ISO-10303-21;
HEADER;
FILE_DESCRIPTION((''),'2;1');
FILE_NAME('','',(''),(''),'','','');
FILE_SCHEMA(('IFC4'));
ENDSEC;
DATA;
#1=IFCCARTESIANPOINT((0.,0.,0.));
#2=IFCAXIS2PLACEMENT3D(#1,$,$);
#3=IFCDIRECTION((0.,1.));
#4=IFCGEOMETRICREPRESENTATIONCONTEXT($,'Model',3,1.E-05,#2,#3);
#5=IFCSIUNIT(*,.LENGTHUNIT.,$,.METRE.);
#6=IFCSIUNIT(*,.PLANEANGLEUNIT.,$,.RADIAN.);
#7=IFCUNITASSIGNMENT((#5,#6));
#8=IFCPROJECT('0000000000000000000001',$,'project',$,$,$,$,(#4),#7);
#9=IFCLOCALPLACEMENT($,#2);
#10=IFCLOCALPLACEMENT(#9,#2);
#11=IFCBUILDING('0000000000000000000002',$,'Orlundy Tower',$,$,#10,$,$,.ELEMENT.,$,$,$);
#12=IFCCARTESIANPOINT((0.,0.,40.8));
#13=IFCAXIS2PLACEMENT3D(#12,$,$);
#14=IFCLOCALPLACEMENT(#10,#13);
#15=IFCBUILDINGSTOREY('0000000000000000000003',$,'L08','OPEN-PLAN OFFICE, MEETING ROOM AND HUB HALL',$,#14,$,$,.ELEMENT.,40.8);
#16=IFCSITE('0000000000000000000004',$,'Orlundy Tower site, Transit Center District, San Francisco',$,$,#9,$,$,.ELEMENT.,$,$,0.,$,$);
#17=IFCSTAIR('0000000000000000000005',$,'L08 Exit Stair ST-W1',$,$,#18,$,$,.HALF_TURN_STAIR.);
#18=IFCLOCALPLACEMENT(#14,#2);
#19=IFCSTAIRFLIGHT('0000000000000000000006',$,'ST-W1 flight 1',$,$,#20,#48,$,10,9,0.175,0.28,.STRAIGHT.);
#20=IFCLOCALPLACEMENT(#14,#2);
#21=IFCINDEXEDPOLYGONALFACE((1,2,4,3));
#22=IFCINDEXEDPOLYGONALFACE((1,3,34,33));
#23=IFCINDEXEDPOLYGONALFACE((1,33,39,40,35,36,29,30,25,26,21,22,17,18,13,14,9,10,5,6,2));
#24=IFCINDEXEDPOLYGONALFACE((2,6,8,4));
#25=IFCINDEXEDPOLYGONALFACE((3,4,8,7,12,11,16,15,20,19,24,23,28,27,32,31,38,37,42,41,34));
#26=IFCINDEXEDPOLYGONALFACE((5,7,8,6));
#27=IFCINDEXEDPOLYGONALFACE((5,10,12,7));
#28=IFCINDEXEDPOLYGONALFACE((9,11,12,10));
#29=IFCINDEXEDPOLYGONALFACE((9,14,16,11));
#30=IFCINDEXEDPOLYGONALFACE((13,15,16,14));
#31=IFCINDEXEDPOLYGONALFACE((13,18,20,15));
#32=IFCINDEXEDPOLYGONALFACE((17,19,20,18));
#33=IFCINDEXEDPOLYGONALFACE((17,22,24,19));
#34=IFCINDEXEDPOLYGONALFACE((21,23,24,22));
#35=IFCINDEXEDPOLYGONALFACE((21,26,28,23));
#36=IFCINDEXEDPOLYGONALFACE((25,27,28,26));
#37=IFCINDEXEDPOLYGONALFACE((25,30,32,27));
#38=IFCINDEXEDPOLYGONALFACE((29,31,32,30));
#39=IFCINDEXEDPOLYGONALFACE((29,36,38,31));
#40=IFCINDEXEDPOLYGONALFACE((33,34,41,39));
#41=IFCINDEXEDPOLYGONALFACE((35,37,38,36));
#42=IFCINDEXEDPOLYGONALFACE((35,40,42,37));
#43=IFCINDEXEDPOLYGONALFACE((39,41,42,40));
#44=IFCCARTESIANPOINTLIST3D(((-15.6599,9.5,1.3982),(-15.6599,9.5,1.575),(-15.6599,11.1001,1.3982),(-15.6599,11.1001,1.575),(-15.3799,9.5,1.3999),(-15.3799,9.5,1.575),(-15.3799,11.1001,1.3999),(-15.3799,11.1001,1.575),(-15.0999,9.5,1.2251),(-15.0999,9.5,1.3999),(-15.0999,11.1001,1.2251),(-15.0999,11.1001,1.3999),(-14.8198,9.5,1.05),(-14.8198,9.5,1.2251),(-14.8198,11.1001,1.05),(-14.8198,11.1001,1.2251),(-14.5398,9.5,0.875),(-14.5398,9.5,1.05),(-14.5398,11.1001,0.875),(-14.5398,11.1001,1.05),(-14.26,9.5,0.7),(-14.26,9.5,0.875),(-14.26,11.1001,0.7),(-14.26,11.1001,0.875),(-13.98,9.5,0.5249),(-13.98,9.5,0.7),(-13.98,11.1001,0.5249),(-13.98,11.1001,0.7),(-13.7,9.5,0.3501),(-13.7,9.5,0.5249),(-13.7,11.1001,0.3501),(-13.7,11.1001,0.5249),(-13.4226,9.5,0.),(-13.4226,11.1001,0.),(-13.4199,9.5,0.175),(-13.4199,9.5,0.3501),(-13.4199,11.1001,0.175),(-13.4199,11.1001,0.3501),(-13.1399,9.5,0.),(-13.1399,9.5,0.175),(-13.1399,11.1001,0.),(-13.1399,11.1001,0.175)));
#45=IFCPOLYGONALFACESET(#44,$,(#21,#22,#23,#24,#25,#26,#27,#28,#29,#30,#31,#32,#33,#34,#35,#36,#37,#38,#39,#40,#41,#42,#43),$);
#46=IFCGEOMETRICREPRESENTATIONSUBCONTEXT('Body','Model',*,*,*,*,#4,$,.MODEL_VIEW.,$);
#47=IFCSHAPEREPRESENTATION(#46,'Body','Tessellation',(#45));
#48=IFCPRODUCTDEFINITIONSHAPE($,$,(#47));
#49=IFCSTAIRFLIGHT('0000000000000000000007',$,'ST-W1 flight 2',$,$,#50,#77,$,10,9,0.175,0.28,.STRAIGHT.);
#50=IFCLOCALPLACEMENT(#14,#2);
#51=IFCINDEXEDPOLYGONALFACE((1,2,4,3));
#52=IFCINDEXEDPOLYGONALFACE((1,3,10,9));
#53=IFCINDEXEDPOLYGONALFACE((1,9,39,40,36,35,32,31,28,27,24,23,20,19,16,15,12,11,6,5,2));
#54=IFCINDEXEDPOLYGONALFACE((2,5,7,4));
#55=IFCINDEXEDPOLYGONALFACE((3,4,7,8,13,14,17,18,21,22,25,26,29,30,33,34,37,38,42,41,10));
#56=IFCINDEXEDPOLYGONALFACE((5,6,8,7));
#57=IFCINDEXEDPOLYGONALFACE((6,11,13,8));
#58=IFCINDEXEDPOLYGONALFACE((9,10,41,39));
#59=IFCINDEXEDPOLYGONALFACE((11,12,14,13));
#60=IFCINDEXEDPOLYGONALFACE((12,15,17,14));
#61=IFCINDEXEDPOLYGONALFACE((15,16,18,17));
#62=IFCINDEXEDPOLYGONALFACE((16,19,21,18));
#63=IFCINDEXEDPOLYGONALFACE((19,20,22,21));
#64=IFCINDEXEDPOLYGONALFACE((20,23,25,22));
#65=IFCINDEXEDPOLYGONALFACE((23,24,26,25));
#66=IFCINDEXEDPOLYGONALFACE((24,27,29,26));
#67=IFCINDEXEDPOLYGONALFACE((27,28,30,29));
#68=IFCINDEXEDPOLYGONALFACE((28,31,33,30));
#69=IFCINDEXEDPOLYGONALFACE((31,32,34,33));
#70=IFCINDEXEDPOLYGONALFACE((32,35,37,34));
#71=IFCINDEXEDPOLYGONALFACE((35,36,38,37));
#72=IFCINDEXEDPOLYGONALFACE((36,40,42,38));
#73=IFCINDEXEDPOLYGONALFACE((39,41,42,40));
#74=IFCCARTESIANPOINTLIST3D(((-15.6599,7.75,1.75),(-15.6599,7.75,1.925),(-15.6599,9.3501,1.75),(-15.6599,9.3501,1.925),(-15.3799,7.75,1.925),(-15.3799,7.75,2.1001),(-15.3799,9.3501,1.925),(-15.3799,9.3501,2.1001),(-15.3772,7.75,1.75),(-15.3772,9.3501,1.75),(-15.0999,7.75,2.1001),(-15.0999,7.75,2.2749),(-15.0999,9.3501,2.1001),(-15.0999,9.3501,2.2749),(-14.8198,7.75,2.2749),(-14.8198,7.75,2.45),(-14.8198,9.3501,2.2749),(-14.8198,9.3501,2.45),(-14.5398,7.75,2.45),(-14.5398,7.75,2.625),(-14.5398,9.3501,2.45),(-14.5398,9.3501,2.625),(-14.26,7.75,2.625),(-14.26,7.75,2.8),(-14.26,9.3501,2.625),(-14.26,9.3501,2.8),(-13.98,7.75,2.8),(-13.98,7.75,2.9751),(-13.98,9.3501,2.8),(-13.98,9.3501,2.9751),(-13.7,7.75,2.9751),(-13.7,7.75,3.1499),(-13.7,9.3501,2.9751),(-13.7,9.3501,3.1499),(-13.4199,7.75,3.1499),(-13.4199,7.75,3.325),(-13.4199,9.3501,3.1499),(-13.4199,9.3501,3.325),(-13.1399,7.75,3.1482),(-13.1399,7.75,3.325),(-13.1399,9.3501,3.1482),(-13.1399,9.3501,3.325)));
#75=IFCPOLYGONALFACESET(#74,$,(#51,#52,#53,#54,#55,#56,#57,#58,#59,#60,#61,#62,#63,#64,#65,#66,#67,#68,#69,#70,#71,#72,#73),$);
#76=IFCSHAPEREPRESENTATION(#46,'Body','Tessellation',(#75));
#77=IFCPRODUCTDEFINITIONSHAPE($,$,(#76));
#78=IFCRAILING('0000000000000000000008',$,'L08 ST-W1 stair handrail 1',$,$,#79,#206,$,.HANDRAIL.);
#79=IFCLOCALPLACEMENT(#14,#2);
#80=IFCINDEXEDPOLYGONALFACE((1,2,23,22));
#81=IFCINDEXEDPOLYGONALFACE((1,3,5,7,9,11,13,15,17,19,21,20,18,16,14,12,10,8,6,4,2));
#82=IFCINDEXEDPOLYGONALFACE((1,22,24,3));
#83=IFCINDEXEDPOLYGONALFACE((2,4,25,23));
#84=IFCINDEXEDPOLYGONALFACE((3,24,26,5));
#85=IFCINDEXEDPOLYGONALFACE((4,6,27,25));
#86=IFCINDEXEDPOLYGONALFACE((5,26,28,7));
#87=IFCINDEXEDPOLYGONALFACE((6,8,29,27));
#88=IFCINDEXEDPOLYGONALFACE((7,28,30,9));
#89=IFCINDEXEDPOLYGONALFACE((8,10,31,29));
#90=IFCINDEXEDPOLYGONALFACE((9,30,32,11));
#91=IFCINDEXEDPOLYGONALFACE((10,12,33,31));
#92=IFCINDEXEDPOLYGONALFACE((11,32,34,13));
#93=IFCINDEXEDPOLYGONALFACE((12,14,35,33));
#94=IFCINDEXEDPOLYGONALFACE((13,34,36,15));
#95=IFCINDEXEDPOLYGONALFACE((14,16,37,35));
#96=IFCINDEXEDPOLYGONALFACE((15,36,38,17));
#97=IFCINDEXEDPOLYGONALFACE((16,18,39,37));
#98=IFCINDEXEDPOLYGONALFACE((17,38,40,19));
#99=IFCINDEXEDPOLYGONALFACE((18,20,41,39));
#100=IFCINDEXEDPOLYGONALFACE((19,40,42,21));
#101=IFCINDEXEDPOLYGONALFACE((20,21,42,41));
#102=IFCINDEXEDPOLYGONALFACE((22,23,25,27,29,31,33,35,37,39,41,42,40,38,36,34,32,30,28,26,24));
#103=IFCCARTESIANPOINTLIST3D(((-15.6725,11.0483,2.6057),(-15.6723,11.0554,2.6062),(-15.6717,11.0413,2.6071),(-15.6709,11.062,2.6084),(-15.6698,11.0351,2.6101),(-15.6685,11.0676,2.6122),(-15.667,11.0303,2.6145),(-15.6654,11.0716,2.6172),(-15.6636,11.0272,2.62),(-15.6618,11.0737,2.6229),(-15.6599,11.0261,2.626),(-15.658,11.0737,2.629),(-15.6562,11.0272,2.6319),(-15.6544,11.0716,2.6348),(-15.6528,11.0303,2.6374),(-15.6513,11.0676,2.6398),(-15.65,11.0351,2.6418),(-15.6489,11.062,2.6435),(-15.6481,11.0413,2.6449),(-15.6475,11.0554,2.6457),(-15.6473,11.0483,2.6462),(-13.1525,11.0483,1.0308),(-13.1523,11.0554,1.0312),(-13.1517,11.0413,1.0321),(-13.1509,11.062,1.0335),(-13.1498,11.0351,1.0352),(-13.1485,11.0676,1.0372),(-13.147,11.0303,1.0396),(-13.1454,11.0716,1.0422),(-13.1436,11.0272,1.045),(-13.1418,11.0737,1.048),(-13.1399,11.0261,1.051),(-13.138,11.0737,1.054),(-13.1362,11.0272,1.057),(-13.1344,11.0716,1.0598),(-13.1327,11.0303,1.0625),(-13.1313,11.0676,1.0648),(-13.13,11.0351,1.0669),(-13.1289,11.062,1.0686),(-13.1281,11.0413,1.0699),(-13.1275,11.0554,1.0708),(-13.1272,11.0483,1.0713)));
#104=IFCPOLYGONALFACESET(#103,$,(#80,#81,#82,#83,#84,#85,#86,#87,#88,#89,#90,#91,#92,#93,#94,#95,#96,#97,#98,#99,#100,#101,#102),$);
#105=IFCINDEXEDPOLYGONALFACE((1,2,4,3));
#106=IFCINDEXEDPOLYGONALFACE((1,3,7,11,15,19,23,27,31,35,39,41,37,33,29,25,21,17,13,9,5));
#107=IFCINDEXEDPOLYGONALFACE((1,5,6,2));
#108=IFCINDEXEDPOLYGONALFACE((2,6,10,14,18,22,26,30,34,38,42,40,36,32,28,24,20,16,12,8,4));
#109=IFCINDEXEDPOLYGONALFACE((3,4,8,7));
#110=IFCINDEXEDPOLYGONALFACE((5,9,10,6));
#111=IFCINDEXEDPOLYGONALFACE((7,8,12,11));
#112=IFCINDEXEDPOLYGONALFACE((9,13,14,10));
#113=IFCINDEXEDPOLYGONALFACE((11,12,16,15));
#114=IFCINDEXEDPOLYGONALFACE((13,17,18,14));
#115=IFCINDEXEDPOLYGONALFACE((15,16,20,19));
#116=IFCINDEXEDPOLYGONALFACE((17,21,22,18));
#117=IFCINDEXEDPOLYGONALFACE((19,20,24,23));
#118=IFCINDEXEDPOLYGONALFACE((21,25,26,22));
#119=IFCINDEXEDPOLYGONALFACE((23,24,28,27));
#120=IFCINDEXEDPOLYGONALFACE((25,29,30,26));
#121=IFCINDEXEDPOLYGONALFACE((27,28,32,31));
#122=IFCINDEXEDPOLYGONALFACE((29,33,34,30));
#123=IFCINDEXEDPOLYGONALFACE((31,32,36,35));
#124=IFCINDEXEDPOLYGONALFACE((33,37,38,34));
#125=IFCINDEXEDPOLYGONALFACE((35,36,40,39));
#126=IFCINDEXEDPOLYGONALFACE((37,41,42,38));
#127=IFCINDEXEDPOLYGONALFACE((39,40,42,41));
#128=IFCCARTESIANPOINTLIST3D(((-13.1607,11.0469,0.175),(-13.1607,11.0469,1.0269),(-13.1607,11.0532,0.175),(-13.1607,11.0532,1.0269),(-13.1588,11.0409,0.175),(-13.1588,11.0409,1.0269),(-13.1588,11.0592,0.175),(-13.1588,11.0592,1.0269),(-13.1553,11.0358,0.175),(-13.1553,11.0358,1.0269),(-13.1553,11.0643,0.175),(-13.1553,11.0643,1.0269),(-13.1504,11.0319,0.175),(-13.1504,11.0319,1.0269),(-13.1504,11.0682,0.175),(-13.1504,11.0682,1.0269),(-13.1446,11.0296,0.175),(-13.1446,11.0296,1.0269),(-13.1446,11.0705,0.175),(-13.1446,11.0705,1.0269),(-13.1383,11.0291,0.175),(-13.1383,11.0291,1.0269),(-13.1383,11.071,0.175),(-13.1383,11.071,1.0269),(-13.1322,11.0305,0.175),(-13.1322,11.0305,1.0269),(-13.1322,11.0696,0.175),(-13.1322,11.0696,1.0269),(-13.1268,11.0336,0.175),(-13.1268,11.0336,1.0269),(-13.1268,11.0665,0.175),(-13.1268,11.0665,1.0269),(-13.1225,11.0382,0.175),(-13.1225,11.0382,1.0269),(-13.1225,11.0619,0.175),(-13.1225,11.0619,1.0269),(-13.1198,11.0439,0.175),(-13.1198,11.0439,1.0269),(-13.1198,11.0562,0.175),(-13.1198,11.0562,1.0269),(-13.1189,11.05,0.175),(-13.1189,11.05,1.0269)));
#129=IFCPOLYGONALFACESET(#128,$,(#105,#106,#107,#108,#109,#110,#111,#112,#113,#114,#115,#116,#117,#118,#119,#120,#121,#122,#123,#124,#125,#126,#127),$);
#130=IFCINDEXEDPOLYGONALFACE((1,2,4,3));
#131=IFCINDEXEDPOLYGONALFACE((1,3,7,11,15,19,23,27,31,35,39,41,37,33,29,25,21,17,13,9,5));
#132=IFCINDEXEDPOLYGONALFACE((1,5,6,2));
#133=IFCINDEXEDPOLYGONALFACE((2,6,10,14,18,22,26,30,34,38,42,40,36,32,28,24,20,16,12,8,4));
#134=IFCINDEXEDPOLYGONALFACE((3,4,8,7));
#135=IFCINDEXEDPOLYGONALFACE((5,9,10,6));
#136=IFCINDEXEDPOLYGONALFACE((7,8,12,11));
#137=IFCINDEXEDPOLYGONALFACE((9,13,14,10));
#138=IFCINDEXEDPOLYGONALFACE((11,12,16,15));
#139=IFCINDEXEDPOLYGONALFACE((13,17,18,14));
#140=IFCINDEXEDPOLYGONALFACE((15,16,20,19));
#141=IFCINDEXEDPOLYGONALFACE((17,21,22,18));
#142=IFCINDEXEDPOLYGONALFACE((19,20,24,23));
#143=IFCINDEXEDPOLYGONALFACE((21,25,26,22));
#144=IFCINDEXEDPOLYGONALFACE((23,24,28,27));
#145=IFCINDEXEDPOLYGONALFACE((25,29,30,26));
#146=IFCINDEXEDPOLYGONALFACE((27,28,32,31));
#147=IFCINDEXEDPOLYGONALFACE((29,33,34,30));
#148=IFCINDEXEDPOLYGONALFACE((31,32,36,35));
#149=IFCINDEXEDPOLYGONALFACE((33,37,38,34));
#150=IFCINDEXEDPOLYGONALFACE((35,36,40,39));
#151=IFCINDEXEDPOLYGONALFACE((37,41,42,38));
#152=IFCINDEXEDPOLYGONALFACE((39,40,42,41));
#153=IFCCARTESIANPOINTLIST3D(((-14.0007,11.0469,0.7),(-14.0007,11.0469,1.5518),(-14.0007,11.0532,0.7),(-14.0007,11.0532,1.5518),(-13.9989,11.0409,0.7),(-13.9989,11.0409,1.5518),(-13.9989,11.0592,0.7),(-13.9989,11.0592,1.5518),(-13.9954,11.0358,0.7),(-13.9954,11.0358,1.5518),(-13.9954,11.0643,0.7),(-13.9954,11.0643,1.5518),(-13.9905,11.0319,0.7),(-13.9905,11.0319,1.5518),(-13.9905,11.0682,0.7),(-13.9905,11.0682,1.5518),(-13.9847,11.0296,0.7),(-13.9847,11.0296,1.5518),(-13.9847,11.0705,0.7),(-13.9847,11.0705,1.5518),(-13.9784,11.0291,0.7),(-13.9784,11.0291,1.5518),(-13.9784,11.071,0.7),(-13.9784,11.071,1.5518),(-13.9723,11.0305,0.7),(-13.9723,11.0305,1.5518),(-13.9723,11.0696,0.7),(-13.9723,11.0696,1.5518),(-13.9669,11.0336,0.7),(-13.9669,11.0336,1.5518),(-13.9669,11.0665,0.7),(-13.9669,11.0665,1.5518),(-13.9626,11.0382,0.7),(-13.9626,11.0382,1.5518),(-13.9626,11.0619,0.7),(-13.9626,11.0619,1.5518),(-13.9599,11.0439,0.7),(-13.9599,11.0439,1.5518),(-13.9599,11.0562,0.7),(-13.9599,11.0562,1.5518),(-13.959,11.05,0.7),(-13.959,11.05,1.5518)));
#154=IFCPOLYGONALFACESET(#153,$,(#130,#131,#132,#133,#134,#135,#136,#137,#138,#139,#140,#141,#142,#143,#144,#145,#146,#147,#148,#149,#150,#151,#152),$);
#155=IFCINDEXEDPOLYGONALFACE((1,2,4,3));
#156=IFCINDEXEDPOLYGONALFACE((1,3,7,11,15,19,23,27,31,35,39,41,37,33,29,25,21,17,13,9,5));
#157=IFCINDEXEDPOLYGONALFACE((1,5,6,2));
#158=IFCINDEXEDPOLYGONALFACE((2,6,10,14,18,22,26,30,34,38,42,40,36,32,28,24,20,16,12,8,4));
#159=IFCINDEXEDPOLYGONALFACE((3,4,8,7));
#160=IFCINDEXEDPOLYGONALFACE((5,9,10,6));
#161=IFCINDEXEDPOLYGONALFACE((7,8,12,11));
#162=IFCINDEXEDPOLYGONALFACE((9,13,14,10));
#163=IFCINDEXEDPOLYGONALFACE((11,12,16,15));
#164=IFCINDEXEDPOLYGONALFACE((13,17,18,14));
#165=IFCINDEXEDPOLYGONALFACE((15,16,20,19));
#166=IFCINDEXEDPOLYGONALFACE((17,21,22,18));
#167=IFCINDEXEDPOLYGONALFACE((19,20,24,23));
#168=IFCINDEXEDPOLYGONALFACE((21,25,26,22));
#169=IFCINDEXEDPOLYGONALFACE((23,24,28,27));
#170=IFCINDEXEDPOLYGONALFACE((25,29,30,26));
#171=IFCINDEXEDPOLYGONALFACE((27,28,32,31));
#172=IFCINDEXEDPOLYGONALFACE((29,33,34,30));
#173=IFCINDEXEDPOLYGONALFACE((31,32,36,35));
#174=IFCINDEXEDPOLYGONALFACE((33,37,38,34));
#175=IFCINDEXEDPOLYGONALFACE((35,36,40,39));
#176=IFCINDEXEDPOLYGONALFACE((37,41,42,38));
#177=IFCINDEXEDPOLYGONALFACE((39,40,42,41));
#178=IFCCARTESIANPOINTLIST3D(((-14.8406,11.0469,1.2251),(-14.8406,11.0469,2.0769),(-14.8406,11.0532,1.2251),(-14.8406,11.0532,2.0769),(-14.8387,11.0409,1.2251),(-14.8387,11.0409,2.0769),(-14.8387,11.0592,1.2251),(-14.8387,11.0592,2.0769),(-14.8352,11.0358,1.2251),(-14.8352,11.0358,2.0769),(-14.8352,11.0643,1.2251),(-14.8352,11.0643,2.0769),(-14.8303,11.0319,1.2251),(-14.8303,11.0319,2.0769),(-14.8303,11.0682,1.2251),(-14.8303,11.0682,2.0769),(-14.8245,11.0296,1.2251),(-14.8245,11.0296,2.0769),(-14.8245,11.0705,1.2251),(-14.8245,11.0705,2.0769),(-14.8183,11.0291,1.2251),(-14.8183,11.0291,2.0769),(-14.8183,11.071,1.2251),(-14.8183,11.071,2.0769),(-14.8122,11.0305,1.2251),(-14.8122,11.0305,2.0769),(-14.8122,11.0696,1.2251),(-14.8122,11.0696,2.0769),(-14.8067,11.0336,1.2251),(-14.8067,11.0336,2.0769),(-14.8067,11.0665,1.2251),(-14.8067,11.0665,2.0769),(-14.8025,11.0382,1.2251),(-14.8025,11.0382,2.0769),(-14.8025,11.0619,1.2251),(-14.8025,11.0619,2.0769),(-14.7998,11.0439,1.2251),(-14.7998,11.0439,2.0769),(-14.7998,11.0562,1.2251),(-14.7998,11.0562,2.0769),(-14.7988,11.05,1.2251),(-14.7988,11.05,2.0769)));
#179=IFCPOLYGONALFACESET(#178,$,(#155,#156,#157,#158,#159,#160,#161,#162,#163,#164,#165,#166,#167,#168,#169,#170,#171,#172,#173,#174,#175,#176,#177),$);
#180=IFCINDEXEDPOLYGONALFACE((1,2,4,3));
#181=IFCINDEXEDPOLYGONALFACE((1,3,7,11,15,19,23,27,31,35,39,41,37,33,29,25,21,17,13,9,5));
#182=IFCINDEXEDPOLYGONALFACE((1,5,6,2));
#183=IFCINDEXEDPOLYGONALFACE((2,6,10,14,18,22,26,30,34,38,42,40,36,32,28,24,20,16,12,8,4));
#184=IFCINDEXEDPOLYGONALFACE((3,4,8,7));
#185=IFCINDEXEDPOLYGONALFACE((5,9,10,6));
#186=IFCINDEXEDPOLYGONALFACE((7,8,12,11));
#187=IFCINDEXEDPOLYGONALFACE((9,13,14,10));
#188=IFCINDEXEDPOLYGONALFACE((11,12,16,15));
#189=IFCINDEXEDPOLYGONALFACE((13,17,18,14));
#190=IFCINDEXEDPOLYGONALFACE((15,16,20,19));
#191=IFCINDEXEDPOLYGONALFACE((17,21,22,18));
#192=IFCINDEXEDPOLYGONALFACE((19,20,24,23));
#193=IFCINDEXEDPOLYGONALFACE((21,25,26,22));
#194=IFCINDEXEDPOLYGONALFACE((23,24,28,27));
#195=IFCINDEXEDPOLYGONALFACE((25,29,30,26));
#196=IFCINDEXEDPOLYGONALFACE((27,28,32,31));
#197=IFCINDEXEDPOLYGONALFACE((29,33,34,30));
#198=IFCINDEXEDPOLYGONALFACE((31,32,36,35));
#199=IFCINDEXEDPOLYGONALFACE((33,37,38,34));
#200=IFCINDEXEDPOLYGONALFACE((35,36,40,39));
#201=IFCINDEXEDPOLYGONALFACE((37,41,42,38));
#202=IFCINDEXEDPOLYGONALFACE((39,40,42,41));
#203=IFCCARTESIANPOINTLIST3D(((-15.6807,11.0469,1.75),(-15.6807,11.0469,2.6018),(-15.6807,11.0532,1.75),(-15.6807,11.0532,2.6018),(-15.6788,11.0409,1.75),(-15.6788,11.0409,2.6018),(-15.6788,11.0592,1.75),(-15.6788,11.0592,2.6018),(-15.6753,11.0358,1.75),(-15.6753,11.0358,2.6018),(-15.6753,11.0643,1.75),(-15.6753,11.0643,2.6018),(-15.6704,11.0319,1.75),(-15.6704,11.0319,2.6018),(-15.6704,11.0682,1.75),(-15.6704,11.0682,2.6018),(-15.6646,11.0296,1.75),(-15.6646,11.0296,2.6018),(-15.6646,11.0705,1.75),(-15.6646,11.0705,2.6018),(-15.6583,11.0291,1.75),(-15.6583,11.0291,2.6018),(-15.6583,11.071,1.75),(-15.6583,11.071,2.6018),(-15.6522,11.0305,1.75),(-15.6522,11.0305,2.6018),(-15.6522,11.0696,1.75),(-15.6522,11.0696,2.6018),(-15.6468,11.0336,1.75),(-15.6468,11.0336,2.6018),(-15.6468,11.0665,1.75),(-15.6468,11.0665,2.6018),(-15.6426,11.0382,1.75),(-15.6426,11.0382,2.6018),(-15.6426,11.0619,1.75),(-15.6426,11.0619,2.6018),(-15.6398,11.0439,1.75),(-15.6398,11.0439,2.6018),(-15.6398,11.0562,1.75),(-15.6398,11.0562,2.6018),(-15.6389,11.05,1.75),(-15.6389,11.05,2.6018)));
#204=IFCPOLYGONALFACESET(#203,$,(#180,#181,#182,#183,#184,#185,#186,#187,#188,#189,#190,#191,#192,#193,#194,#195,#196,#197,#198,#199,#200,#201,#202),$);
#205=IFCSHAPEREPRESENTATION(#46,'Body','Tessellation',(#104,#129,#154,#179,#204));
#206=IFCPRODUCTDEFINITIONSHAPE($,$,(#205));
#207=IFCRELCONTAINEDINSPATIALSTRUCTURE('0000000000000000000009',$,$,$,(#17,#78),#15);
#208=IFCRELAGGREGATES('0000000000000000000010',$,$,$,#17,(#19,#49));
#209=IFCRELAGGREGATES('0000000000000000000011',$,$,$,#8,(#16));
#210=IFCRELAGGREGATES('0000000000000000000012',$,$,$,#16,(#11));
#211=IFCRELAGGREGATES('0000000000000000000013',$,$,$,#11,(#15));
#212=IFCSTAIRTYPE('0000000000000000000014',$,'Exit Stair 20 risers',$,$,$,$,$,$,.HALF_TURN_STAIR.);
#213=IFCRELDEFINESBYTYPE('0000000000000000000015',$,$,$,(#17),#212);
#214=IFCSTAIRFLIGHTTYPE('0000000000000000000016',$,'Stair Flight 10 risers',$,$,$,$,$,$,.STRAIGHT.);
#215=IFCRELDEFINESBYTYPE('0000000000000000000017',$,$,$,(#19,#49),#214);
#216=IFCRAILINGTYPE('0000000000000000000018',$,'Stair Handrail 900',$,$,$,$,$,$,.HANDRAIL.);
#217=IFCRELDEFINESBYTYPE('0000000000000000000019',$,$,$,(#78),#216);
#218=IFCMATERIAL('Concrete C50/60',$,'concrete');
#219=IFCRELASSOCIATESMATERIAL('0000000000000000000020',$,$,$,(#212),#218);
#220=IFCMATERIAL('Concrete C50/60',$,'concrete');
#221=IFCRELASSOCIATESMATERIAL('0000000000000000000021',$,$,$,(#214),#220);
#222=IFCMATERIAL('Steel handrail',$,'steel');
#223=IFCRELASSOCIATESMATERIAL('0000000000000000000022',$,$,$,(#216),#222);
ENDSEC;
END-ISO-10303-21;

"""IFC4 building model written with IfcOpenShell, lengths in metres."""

from ifc_helpers import new_model, si_unit, direction, frame, origin, origin_2d, place, context, subcontext, project, spatial, polyline, circle, outline, extrude, material, type_object, element, aggregate, save


model = new_model("IFC4")

# Units and contexts
model_context = context("Model", 3, precision=1e-05, world=origin(), true_north=direction((0.0, 1.0)))
body_context = subcontext(model_context, "Body", "Model", "MODEL_VIEW")
ifc_project = project(units=[si_unit("LENGTHUNIT", "METRE"), si_unit("PLANEANGLEUNIT", "RADIAN")], contexts=[model_context])

# Site, building, storey
site_placement = place(None, origin())
site = spatial("IfcSite", under=ifc_project, at=site_placement, Name="Orlundy Tower site, Transit Center District, San Francisco", CompositionType="ELEMENT", RefElevation=0.0)
building_placement = place(site_placement, origin())
building = spatial("IfcBuilding", under=site, at=building_placement, Name="Orlundy Tower", CompositionType="ELEMENT")
storey_placement = place(building_placement, frame((0.0, 0.0, 40.8)))
storey = spatial("IfcBuildingStorey", under=building, at=storey_placement, Name="L08", Description="OPEN-PLAN OFFICE, MEETING ROOM AND HUB HALL", CompositionType="ELEMENT", Elevation=40.8)

# Stair, stair flights
ifc_material_1 = material(Name="Concrete C50/60", Category="concrete")
stair_type = type_object("IfcStairType", Name="Exit Stair 20 risers", PredefinedType="HALF_TURN_STAIR", material=ifc_material_1)
stair_placement = place(storey_placement, origin())
stair = element("IfcStair", 1, at=stair_placement, inside=storey, type_object=stair_type, Name="L08 Exit Stair ST-W1", PredefinedType="HALF_TURN_STAIR")
ifc_material_2 = material(Name="Concrete C50/60", Category="concrete")
stair_flight_type = type_object("IfcStairFlightType", Name="Stair Flight 10 risers", PredefinedType="STRAIGHT", material=ifc_material_2)
stair_flight_1_placement = place(storey_placement, frame((-13.1399, 10.3, 0.0), z_axis=(0.0, 0.0, 1.0), x_axis=(-1.0, 0.0, 0.0)))
stair_flight_1 = element("IfcStairFlight", 2, at=stair_flight_1_placement, type_object=stair_flight_type, Name="ST-W1 flight 1", NumberOfRisers=10, NumberOfTreads=9, PredefinedType="STRAIGHT", RiserHeight=0.175, TreadLength=0.28, context=body_context, shape_type="SweptSolid", body=[
    extrude(outline(polyline([(0.0, 0.0), (0.0, 0.175), (0.28, 0.175), (0.28, 0.3501), (0.5601, 0.3501), (0.5601, 0.5249), (0.8401, 0.5249), (0.8401, 0.7), (1.1201, 0.7), (1.1201, 0.875), (1.3999, 0.875), (1.3999, 1.05), (1.6799, 1.05), (1.6799, 1.2251), (1.96, 1.2251), (1.96, 1.3999), (2.24, 1.3999), (2.24, 1.575), (2.52, 1.575), (2.52, 1.75), (2.52, 1.3982), (0.2827, 0.0), (0.0, 0.0)])), frame((0.0, 0.8, 0.0), z_axis=(0.0, -1.0, 0.0), x_axis=(1.0, 0.0, 0.0)), (0.0, 0.0, 1.0), 1.6001),
])
stair_flight_2_placement = place(storey_placement, frame((-15.6599, 8.55, 1.75), z_axis=(0.0, 0.0, 1.0), x_axis=(1.0, 0.0, 0.0)))
stair_flight_2 = element("IfcStairFlight", 3, at=stair_flight_2_placement, type_object=stair_flight_type, Name="ST-W1 flight 2", NumberOfRisers=10, NumberOfTreads=9, PredefinedType="STRAIGHT", RiserHeight=0.175, TreadLength=0.28, context=body_context, shape_type="SweptSolid", body=[
    extrude(outline(polyline([(0.0, 0.0), (0.0, 0.175), (0.28, 0.175), (0.28, 0.3501), (0.5601, 0.3501), (0.5601, 0.5249), (0.8401, 0.5249), (0.8401, 0.7), (1.1201, 0.7), (1.1201, 0.875), (1.3999, 0.875), (1.3999, 1.05), (1.6799, 1.05), (1.6799, 1.2251), (1.96, 1.2251), (1.96, 1.3999), (2.24, 1.3999), (2.24, 1.575), (2.52, 1.575), (2.52, 1.75), (2.52, 1.3982), (0.2827, 0.0), (0.0, 0.0)])), frame((0.0, 0.8, 0.0), z_axis=(0.0, -1.0, 0.0), x_axis=(1.0, 0.0, 0.0)), (0.0, 0.0, 1.0), 1.6001),
])
aggregate(stair, [stair_flight_1, stair_flight_2])

# Railing
ifc_material_3 = material(Name="Steel handrail", Category="steel")
railing_type_1 = type_object("IfcRailingType", Name="Stair Handrail 900", PredefinedType="HANDRAIL", material=ifc_material_3)
railing_1_placement = place(storey_placement, frame((-13.1399, 11.05, 0.175)))
element("IfcRailing", 4, at=railing_1_placement, inside=storey, type_object=railing_type_1, Name="L08 ST-W1 stair handrail 1", PredefinedType="HANDRAIL", context=body_context, shape_type="SweptSolid", body=[
    extrude(circle(Radius=0.0239, at=origin_2d()), frame((0.0, 0.0, 0.876), z_axis=(-0.848008, 0.0, 0.529984), x_axis=(0.0, -1.0, 0.0)), (0.0, 0.0, 1.0), 2.9717),
    extrude(circle(Radius=0.021, at=origin_2d()), origin(), (0.0, 0.0, 1.0), 0.8518),
    extrude(circle(Radius=0.021, at=origin_2d()), frame((-0.8401, 0.0, 0.5249)), (0.0, 0.0, 1.0), 0.8518),
    extrude(circle(Radius=0.021, at=origin_2d()), frame((-1.6799, 0.0, 1.05)), (0.0, 0.0, 1.0), 0.8518),
    extrude(circle(Radius=0.021, at=origin_2d()), frame((-2.52, 0.0, 1.575)), (0.0, 0.0, 1.0), 0.8518),
])

save(model, "model.ifc")
